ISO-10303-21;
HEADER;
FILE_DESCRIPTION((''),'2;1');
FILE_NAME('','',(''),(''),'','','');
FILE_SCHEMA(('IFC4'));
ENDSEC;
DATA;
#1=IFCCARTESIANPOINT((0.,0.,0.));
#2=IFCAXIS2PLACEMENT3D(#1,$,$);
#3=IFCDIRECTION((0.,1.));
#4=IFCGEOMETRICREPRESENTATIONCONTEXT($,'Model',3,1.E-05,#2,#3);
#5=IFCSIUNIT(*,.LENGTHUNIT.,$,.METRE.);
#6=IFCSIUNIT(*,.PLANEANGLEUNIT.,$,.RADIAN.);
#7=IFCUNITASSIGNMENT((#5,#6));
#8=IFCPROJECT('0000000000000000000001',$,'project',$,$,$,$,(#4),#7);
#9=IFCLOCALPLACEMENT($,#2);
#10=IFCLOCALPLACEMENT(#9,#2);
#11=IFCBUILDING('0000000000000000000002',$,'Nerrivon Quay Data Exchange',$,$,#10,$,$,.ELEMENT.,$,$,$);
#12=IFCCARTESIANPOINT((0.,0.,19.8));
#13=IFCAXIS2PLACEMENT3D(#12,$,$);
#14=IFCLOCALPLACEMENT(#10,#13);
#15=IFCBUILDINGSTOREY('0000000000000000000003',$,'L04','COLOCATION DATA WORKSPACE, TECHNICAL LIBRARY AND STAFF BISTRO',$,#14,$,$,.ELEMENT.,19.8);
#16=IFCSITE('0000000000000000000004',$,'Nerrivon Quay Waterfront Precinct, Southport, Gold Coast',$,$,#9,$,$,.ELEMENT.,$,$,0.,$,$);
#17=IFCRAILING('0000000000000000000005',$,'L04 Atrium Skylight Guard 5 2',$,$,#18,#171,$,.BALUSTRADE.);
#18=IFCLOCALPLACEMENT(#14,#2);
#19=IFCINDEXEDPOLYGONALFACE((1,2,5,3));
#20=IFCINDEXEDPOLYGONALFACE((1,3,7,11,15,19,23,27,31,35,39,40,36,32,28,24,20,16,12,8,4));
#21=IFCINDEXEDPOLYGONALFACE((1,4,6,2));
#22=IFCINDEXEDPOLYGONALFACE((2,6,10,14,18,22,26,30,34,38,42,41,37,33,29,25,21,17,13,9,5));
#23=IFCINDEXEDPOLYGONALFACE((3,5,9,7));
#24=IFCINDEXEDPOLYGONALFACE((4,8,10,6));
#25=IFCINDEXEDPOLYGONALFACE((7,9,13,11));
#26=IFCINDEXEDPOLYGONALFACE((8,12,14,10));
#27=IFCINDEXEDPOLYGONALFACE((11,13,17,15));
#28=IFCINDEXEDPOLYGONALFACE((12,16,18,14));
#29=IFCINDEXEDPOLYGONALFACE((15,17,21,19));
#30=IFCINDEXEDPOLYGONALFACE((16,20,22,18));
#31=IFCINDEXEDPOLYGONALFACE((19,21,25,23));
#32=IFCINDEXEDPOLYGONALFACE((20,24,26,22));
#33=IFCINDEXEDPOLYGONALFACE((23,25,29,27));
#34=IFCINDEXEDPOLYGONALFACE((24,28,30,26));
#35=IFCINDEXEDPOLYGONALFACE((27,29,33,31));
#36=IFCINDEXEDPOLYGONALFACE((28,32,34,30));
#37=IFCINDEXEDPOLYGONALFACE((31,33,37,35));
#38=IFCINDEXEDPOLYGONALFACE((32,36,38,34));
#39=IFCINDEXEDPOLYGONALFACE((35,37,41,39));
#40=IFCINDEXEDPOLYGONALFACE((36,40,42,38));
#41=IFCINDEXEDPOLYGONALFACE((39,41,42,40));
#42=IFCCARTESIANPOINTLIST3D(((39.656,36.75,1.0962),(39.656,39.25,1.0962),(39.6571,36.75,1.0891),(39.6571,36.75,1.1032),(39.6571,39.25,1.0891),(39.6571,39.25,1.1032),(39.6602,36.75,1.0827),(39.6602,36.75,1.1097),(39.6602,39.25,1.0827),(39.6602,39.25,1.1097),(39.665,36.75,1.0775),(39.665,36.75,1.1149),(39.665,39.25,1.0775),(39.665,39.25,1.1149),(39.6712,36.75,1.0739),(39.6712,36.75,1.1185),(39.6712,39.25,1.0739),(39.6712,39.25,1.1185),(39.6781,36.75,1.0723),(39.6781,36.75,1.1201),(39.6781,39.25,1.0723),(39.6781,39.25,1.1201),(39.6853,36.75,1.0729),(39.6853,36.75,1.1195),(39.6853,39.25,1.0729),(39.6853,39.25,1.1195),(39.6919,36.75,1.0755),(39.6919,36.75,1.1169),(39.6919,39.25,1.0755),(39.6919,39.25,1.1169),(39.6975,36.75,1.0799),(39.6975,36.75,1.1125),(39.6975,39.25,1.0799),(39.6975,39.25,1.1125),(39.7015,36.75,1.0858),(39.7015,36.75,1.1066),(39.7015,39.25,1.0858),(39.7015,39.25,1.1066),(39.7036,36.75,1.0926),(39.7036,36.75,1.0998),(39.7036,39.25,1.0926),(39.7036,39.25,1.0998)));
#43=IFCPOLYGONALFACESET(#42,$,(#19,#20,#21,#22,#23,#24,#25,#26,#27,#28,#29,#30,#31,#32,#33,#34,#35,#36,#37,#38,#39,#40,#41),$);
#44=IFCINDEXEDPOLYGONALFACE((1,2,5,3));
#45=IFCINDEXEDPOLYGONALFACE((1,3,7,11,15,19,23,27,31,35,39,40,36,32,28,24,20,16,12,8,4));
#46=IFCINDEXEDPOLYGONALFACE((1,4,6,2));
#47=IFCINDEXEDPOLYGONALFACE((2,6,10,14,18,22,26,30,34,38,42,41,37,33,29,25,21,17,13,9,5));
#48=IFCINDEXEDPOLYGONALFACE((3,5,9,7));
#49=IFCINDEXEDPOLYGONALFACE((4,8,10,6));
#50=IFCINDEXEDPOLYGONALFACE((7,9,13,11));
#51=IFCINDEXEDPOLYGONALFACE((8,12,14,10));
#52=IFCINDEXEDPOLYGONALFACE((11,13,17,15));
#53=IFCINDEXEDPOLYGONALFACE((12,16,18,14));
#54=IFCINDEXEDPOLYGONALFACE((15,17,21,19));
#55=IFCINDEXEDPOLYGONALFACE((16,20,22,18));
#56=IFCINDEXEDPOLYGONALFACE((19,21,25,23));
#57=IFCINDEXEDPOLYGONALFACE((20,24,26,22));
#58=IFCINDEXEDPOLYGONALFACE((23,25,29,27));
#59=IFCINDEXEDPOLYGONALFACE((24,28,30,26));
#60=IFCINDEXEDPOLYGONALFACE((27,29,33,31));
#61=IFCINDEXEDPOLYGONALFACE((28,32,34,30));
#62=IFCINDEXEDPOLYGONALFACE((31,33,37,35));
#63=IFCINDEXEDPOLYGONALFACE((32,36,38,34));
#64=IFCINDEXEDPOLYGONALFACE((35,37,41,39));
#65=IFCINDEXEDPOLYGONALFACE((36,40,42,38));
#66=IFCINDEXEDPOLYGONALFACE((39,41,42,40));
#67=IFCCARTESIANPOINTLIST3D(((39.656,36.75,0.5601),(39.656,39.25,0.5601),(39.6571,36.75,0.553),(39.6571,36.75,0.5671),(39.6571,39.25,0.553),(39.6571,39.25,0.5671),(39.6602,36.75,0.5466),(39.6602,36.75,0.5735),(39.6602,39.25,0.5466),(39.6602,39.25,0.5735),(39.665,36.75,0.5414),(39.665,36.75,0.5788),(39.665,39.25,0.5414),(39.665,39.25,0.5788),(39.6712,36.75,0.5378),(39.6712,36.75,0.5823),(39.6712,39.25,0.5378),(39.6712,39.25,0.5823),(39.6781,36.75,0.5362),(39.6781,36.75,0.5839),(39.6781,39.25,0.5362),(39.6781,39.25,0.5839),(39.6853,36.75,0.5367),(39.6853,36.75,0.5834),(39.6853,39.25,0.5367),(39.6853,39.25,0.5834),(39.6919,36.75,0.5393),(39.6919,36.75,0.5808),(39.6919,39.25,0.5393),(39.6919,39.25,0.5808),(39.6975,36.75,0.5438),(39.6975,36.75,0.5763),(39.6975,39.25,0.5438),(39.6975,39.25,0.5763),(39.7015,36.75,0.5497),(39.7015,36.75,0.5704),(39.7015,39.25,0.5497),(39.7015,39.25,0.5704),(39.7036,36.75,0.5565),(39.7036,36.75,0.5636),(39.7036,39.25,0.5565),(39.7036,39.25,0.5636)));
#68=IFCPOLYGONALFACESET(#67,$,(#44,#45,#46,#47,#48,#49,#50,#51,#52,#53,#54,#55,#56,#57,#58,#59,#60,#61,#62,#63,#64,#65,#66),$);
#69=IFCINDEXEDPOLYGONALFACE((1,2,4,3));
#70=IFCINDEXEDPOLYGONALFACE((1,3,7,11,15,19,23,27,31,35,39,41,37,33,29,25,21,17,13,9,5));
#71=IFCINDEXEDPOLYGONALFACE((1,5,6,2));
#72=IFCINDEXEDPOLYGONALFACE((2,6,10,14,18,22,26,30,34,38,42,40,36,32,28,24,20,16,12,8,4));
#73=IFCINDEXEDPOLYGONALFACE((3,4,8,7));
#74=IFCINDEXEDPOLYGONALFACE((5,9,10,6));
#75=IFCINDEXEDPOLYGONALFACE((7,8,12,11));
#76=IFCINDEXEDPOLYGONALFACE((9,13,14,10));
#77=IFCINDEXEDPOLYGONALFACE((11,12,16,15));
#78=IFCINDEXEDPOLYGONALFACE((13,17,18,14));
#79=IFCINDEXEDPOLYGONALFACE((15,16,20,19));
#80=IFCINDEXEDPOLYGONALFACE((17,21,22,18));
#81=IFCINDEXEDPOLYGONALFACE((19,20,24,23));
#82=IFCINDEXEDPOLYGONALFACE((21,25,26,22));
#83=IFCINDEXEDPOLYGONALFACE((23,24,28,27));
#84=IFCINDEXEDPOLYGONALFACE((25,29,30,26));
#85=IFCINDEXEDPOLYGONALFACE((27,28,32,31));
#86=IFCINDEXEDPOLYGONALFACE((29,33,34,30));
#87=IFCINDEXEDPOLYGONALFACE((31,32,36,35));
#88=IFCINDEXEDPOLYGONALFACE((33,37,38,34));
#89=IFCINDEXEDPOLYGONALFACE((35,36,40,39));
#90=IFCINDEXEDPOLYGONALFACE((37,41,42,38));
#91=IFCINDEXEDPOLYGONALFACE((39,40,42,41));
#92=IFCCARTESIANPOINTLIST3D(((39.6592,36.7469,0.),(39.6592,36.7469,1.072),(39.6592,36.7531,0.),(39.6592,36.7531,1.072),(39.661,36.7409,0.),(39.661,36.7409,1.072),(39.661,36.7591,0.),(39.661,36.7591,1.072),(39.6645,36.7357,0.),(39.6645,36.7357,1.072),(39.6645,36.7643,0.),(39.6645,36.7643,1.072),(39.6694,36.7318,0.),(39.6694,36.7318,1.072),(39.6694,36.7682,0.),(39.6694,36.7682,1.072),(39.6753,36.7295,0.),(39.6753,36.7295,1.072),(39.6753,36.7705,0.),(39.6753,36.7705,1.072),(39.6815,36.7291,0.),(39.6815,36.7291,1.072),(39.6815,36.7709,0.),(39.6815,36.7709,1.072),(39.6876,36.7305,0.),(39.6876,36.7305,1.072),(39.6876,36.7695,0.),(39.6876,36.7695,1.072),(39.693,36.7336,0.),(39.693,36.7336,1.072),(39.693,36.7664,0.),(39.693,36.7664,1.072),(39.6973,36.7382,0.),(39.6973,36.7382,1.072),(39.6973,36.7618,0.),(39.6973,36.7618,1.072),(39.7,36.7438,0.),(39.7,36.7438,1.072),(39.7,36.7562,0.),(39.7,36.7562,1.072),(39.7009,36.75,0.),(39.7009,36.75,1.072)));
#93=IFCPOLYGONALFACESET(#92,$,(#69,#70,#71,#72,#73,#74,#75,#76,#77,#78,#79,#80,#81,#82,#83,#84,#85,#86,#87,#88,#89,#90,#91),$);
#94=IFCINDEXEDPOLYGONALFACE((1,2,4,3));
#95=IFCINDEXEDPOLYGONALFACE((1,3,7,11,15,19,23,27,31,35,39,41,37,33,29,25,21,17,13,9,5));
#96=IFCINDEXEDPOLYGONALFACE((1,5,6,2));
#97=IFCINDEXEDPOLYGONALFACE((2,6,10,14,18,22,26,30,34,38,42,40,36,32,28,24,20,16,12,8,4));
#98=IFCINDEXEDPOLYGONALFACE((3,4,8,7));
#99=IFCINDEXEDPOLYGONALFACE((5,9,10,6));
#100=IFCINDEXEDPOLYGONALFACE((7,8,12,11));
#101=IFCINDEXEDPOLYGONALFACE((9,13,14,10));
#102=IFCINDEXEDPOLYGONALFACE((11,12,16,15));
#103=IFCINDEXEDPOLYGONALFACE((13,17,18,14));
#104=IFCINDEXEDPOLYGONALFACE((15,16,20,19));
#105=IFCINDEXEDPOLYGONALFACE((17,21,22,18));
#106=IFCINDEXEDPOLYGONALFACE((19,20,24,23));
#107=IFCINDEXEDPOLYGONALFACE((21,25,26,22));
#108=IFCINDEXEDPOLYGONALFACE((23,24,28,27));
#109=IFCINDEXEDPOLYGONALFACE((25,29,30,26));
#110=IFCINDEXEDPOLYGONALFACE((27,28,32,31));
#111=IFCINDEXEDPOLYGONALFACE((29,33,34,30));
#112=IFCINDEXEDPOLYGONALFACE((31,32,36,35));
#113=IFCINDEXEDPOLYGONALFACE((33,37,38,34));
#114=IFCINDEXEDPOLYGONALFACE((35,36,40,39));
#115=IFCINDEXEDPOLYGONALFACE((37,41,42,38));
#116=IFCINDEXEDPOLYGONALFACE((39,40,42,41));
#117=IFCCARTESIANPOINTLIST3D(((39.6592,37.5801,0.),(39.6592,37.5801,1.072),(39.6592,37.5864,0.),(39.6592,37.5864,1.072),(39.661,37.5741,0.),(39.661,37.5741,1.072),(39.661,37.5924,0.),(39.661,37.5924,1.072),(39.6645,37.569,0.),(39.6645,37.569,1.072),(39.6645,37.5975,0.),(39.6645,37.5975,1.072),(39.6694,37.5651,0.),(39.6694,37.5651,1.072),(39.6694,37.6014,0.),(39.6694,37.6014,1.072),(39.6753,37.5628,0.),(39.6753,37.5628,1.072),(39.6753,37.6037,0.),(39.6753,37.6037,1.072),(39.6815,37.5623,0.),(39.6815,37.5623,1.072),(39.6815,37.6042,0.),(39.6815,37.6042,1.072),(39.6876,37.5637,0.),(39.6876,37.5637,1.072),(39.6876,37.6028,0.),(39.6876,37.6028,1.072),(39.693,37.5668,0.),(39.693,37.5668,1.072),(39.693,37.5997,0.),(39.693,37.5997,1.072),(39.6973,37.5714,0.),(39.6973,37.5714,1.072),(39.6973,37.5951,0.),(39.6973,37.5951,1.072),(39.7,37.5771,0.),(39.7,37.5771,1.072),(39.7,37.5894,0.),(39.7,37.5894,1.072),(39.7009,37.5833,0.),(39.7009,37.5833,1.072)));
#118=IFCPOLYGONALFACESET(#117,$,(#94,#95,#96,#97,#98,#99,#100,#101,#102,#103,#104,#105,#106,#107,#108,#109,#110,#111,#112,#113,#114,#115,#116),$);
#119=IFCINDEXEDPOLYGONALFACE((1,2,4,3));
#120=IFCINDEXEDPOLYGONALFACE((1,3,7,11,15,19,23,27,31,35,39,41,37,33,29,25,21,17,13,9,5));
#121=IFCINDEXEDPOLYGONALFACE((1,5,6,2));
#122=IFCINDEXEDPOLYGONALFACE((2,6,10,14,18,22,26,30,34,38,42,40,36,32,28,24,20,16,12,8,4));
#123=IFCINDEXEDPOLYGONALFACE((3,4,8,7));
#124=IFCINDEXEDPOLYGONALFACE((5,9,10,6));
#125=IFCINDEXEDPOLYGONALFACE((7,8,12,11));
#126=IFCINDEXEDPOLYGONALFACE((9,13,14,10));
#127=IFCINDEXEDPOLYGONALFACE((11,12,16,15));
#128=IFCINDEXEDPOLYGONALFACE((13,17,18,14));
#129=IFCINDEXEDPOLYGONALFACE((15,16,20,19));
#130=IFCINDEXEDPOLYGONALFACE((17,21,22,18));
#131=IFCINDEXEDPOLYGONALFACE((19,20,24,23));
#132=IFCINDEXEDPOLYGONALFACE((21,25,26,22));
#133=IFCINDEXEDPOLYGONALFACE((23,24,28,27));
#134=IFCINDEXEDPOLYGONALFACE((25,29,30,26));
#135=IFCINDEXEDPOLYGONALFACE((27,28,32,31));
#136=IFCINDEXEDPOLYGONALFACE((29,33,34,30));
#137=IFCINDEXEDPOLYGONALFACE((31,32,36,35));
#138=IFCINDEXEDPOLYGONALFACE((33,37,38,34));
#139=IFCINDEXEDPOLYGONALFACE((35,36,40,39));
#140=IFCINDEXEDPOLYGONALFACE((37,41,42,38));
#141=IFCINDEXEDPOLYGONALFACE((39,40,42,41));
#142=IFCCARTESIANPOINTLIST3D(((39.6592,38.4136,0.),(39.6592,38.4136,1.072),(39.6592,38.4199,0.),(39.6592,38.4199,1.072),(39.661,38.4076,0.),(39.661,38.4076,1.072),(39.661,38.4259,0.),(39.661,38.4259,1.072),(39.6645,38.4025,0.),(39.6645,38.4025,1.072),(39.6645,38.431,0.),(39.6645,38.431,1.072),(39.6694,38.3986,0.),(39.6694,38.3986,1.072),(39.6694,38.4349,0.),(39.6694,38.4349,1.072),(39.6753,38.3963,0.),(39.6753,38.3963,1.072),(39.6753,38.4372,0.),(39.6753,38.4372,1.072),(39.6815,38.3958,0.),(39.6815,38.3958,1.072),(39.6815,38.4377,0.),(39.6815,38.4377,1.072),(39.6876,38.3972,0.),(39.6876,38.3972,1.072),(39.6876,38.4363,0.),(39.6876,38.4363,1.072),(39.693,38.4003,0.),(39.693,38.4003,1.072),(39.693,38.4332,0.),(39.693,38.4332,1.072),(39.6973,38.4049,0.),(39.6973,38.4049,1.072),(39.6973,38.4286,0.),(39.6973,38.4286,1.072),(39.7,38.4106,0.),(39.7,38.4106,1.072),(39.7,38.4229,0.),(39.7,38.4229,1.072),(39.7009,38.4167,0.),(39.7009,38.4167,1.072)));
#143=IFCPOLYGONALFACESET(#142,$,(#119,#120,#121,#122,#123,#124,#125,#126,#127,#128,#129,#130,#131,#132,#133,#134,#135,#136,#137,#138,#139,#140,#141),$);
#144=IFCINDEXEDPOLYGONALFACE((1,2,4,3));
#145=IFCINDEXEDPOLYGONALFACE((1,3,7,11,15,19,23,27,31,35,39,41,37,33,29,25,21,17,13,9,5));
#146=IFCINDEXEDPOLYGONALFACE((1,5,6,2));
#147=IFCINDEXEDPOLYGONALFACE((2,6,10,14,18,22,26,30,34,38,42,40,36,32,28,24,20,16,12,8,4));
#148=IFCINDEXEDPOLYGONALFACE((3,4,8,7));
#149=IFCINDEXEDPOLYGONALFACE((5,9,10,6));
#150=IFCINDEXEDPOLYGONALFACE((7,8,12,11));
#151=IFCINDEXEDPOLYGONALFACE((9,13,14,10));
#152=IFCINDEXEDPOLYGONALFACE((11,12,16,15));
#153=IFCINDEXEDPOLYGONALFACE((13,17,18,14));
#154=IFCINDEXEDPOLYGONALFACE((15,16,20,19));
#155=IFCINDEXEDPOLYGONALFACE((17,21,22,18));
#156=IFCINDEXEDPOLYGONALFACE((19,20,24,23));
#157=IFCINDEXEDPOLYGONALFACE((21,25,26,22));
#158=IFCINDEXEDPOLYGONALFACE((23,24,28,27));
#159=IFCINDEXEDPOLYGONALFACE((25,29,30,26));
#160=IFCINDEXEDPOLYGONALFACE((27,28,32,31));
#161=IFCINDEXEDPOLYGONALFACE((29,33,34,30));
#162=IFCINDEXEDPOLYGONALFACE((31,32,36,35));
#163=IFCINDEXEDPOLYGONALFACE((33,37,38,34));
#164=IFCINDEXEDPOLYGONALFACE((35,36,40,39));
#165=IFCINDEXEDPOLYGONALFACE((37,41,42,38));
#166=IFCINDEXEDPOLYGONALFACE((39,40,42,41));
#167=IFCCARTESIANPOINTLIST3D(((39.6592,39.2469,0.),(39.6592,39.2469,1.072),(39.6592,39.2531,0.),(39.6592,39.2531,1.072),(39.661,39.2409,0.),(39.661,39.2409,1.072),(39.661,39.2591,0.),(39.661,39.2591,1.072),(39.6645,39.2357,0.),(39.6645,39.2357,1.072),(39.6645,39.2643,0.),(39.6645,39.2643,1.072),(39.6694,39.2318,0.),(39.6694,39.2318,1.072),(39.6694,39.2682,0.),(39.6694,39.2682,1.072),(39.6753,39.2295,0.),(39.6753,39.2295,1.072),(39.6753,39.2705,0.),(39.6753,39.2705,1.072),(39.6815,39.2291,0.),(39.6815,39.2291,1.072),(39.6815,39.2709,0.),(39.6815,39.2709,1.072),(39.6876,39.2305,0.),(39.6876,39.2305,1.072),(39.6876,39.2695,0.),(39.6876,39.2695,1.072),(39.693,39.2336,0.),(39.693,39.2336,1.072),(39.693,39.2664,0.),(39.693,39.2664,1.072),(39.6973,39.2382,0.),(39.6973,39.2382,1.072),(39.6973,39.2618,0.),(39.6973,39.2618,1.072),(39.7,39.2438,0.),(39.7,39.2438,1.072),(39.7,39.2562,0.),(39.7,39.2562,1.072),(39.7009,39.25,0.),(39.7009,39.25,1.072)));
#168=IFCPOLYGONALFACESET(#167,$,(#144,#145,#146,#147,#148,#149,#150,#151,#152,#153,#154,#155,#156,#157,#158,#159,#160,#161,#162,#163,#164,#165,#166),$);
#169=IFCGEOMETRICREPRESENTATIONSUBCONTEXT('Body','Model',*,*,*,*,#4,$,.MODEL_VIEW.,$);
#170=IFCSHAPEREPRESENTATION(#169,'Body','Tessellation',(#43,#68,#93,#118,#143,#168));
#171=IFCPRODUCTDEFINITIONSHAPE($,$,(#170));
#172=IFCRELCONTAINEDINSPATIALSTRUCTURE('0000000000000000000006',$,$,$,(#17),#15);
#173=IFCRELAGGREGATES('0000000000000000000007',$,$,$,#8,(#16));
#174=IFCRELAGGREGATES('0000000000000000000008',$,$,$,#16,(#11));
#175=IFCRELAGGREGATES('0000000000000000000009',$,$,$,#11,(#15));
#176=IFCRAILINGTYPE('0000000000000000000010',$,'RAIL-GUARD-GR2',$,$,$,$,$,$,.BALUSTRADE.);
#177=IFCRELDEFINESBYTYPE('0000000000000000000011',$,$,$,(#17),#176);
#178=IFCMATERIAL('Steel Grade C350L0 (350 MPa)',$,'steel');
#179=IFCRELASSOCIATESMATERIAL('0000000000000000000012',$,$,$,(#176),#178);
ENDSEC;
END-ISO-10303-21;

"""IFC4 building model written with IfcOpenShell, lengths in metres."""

from ifc_helpers import new_model, si_unit, direction, frame, origin, origin_2d, place, context, subcontext, project, spatial, circle, extrude, material, type_object, element, save


model = new_model("IFC4")

# Units and contexts
model_context = context("Model", 3, precision=1e-05, world=origin(), true_north=direction((0.0, 1.0)))
body_context = subcontext(model_context, "Body", "Model", "MODEL_VIEW")
ifc_project = project(units=[si_unit("LENGTHUNIT", "METRE"), si_unit("PLANEANGLEUNIT", "RADIAN")], contexts=[model_context])

# Site, building, storey
site_placement = place(None, origin())
site = spatial("IfcSite", under=ifc_project, at=site_placement, Name="Nerrivon Quay Waterfront Precinct, Southport, Gold Coast", CompositionType="ELEMENT", RefElevation=0.0)
building_placement = place(site_placement, origin())
building = spatial("IfcBuilding", under=site, at=building_placement, Name="Nerrivon Quay Data Exchange", CompositionType="ELEMENT")
storey_placement = place(building_placement, frame((0.0, 0.0, 19.8)))
storey = spatial("IfcBuildingStorey", under=building, at=storey_placement, Name="L04", Description="COLOCATION DATA WORKSPACE, TECHNICAL LIBRARY AND STAFF BISTRO", CompositionType="ELEMENT", Elevation=19.8)

# Railing
ifc_material_1 = material(Name="Steel Grade C350L0 (350 MPa)", Category="steel")
railing_type = type_object("IfcRailingType", Name="RAIL-GUARD-GR2", PredefinedType="BALUSTRADE", material=ifc_material_1)
railing_1_placement = place(storey_placement, frame((39.6799, 36.75, 0.0)))
element("IfcRailing", 1, at=railing_1_placement, inside=storey, type_object=railing_type, Name="L04 Atrium Skylight Guard 5 2", PredefinedType="BALUSTRADE", context=body_context, shape_type="SweptSolid", body=[
    extrude(circle(Radius=0.0239, at=origin_2d()), frame((0.0, 0.0, 1.0962), z_axis=(0.0, 1.0, 0.0), x_axis=(-1.0, 0.0, 0.0)), (0.0, 0.0, 1.0), 2.5),
    extrude(circle(Radius=0.0239, at=origin_2d()), frame((0.0, 0.0, 0.5601), z_axis=(0.0, 1.0, 0.0), x_axis=(-1.0, 0.0, 0.0)), (0.0, 0.0, 1.0), 2.5),
    extrude(circle(Radius=0.021, at=origin_2d()), origin(), (0.0, 0.0, 1.0), 1.072),
    extrude(circle(Radius=0.021, at=origin_2d()), frame((0.0, 0.8333, 0.0)), (0.0, 0.0, 1.0), 1.072),
    extrude(circle(Radius=0.021, at=origin_2d()), frame((0.0, 1.6667, 0.0)), (0.0, 0.0, 1.0), 1.072),
    extrude(circle(Radius=0.021, at=origin_2d()), frame((0.0, 2.5, 0.0)), (0.0, 0.0, 1.0), 1.072),
])

save(model, "model.ifc")
